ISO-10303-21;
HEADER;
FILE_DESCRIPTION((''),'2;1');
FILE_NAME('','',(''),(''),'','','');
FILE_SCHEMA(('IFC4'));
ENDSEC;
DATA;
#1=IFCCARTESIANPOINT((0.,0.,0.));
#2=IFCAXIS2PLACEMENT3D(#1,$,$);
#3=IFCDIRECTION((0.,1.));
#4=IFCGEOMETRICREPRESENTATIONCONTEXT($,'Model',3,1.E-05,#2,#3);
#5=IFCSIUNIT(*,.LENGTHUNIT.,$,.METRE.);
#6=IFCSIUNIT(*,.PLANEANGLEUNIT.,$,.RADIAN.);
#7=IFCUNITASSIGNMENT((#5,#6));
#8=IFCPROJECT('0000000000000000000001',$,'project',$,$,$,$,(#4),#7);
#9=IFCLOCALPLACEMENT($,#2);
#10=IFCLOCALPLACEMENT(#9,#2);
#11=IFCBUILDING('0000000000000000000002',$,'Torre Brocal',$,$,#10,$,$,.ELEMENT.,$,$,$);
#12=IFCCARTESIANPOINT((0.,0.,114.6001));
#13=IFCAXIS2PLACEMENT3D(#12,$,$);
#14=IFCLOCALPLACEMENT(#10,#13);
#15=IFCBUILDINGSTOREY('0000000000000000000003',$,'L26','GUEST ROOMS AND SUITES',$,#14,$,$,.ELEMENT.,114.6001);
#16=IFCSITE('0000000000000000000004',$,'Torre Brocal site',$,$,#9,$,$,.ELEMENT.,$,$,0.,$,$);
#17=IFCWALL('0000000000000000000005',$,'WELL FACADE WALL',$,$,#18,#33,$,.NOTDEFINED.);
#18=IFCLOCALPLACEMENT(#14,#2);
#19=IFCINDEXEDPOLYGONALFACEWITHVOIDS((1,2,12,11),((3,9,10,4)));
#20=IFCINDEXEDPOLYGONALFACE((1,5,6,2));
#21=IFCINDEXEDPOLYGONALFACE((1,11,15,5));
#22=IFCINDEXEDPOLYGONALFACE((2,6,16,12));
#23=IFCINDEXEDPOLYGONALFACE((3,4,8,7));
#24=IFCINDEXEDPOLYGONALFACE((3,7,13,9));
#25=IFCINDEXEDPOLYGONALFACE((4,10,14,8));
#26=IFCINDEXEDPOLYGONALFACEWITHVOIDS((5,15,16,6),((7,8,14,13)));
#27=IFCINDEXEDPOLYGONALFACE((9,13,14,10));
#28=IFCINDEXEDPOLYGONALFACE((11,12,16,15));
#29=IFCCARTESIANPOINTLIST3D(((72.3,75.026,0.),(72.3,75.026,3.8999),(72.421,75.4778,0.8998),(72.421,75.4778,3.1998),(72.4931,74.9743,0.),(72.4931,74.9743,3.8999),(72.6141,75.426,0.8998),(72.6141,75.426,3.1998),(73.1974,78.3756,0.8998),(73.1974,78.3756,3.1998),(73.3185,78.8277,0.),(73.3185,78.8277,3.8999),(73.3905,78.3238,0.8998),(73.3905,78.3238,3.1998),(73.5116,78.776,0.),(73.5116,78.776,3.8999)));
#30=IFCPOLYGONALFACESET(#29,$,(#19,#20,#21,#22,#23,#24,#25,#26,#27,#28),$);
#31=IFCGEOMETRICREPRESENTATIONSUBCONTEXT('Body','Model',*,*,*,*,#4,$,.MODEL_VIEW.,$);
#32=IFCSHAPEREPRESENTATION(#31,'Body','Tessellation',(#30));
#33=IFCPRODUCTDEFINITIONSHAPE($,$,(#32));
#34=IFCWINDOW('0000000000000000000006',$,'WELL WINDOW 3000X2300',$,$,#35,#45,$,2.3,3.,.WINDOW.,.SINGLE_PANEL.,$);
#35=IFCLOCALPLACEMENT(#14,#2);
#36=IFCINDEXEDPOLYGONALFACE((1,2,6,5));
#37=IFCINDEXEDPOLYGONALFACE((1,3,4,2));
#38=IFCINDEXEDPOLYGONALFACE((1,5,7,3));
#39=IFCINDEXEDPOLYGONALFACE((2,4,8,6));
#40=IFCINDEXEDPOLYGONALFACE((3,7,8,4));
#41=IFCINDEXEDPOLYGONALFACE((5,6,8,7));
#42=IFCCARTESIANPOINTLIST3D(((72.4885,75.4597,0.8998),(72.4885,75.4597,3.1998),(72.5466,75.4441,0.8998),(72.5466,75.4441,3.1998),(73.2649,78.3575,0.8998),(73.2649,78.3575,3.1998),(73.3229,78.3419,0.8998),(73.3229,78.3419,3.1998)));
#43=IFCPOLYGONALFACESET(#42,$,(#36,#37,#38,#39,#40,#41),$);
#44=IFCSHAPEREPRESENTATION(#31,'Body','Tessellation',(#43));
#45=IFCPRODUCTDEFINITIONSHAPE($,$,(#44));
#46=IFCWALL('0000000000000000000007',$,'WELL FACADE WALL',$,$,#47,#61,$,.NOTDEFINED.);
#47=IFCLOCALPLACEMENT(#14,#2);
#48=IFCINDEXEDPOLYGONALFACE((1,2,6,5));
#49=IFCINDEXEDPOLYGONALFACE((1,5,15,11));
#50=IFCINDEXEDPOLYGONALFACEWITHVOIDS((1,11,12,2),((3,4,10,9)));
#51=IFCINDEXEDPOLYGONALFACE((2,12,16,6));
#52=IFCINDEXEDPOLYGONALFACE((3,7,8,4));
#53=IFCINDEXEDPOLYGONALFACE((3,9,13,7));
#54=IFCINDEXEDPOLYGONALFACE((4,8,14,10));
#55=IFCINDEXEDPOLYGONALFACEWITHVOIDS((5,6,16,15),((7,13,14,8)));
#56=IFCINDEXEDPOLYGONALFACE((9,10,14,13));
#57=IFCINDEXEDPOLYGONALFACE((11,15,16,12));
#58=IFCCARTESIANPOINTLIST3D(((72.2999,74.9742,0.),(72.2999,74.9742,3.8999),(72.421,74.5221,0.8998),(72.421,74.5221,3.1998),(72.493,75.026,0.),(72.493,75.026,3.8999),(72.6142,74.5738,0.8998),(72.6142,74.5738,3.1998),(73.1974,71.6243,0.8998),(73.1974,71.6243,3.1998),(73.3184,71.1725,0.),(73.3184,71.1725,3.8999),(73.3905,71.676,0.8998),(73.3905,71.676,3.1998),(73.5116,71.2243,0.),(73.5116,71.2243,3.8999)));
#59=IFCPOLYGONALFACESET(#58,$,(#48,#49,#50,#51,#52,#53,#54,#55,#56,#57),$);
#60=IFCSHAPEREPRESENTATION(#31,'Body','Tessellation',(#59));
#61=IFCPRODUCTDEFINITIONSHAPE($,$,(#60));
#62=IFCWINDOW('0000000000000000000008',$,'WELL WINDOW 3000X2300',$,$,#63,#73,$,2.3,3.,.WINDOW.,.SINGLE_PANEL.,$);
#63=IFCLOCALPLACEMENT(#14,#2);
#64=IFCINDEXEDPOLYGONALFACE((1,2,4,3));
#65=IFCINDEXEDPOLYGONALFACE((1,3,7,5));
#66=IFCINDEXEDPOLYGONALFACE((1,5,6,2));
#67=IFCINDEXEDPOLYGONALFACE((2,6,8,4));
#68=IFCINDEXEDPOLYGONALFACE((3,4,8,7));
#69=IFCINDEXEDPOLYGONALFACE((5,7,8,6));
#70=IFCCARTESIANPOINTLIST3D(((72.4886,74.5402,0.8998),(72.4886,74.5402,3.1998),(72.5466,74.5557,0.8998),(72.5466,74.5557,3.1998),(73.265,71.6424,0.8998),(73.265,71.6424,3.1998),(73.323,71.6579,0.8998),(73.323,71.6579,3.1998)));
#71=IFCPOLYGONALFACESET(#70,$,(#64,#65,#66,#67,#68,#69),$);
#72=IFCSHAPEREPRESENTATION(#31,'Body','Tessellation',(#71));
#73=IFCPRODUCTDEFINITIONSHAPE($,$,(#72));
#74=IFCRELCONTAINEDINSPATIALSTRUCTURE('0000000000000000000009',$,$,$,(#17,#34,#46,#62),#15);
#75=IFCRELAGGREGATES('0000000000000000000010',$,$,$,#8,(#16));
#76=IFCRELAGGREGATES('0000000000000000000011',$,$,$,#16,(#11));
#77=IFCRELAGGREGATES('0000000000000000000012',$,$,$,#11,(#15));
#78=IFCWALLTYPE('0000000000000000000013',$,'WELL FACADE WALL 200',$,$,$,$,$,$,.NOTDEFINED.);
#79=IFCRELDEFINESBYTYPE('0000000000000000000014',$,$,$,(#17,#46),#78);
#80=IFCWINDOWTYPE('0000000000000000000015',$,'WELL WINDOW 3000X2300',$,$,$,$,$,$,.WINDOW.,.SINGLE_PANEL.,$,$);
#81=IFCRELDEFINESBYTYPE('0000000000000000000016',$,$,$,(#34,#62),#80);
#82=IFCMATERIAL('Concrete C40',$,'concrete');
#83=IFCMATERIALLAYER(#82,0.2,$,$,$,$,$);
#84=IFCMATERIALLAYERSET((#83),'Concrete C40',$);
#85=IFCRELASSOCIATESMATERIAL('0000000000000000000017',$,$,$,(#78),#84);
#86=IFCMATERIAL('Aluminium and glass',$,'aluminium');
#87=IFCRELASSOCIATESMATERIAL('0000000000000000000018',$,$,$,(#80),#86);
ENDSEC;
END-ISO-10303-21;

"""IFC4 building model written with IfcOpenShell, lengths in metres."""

from ifc_helpers import new_model, si_unit, direction, frame, frame_2d, origin, place, context, subcontext, project, spatial, rectangle, extrude, material, layer, layer_set, type_object, element, fill, save


model = new_model("IFC4")

# Units and contexts
model_context = context("Model", 3, precision=1e-05, world=origin(), true_north=direction((0.0, 1.0)))
body_context = subcontext(model_context, "Body", "Model", "MODEL_VIEW")
ifc_project = project(units=[si_unit("LENGTHUNIT", "METRE"), si_unit("PLANEANGLEUNIT", "RADIAN")], contexts=[model_context])

# Site, building, storey
site_placement = place(None, origin())
site = spatial("IfcSite", under=ifc_project, at=site_placement, Name="Torre Brocal site", CompositionType="ELEMENT", RefElevation=0.0)
building_placement = place(site_placement, origin())
building = spatial("IfcBuilding", under=site, at=building_placement, Name="Torre Brocal", CompositionType="ELEMENT")
storey_placement = place(building_placement, frame((0.0, 0.0, 114.6001)))
storey = spatial("IfcBuildingStorey", under=building, at=storey_placement, Name="L26", Description="GUEST ROOMS AND SUITES", CompositionType="ELEMENT", Elevation=114.6001)

# Walls, openings, windows
ifc_material_1 = material(Name="Concrete C40", Category="concrete")
ifc_layer_1 = layer(ifc_material_1, 0.2)
ifc_layer_set_1 = layer_set([ifc_layer_1], Name="Concrete C40")
wall_type_1 = type_object("IfcWallType", Name="WELL FACADE WALL 200", PredefinedType="NOTDEFINED", material=ifc_layer_set_1)
ifc_material_2 = material(Name="Aluminium and glass", Category="aluminium")
window_type = type_object("IfcWindowType", Name="WELL WINDOW 3000X2300", PartitioningType="SINGLE_PANEL", PredefinedType="WINDOW", material=ifc_material_2)
wall_1_placement = place(storey_placement, frame((73.415, 78.8018, 0.0), z_axis=(0.0, 0.0, 1.0), x_axis=(-0.25879, -0.965934, 0.0)))
wall_1 = element("IfcWall", 1, at=wall_1_placement, inside=storey, type_object=wall_type_1, Name="WELL FACADE WALL", PredefinedType="NOTDEFINED", context=body_context, shape_type="SweptSolid", body=[
    extrude(rectangle(XDim=3.9358, YDim=0.2, at=frame_2d((1.9678, 0.0))), origin(), (0.0, 0.0, 1.0), 3.8999),
])
opening_1_placement = place(wall_1_placement, frame((0.468, 0.0, 0.8999)))
opening_1 = element("IfcOpeningElement", 2, at=opening_1_placement, cuts=wall_1, PredefinedType="OPENING", context=body_context, shape_type="SweptSolid", body=[
    extrude(rectangle(XDim=3.0, YDim=2.3, at=frame_2d((1.5, 1.1499))), frame((0.0, 0.1099, 0.0), z_axis=(0.0, -1.0, 0.0), x_axis=(1.0, 0.0, 0.0)), (0.0, 0.0, 1.0), 0.22),
])
window_1_placement = place(opening_1_placement, origin())
window_1 = element("IfcWindow", 3, at=window_1_placement, inside=storey, type_object=window_type, Name="WELL WINDOW 3000X2300", OverallHeight=2.3, OverallWidth=3.0, PartitioningType="SINGLE_PANEL", PredefinedType="WINDOW", context=body_context, shape_type="SweptSolid", body=[
    extrude(rectangle(XDim=3.0, YDim=2.3, at=frame_2d((1.5, 1.1499))), frame((0.0, 0.03, 0.0), z_axis=(0.0, -1.0, 0.0), x_axis=(1.0, 0.0, 0.0)), (0.0, 0.0, 1.0), 0.0601),
])
fill(opening_1, window_1)
wall_2_placement = place(storey_placement, frame((72.3965, 75.0, 0.0), z_axis=(0.0, 0.0, 1.0), x_axis=(0.25879, -0.965934, 0.0)))
wall_2 = element("IfcWall", 4, at=wall_2_placement, inside=storey, type_object=wall_type_1, Name="WELL FACADE WALL", PredefinedType="NOTDEFINED", context=body_context, shape_type="SweptSolid", body=[
    extrude(rectangle(XDim=3.9358, YDim=0.2, at=frame_2d((1.9678, 0.0))), origin(), (0.0, 0.0, 1.0), 3.8999),
])
opening_2_placement = place(wall_2_placement, frame((0.468, 0.0, 0.8999)))
opening_2 = element("IfcOpeningElement", 5, at=opening_2_placement, cuts=wall_2, PredefinedType="OPENING", context=body_context, shape_type="SweptSolid", body=[
    extrude(rectangle(XDim=3.0, YDim=2.3, at=frame_2d((1.5, 1.1499))), frame((0.0, 0.1099, 0.0), z_axis=(0.0, -1.0, 0.0), x_axis=(1.0, 0.0, 0.0)), (0.0, 0.0, 1.0), 0.22),
])
window_2_placement = place(opening_2_placement, origin())
window_2 = element("IfcWindow", 6, at=window_2_placement, inside=storey, type_object=window_type, Name="WELL WINDOW 3000X2300", OverallHeight=2.3, OverallWidth=3.0, PartitioningType="SINGLE_PANEL", PredefinedType="WINDOW", context=body_context, shape_type="SweptSolid", body=[
    extrude(rectangle(XDim=3.0, YDim=2.3, at=frame_2d((1.5, 1.1499))), frame((0.0, 0.03, 0.0), z_axis=(0.0, -1.0, 0.0), x_axis=(1.0, 0.0, 0.0)), (0.0, 0.0, 1.0), 0.0601),
])
fill(opening_2, window_2)

save(model, "model.ifc")
